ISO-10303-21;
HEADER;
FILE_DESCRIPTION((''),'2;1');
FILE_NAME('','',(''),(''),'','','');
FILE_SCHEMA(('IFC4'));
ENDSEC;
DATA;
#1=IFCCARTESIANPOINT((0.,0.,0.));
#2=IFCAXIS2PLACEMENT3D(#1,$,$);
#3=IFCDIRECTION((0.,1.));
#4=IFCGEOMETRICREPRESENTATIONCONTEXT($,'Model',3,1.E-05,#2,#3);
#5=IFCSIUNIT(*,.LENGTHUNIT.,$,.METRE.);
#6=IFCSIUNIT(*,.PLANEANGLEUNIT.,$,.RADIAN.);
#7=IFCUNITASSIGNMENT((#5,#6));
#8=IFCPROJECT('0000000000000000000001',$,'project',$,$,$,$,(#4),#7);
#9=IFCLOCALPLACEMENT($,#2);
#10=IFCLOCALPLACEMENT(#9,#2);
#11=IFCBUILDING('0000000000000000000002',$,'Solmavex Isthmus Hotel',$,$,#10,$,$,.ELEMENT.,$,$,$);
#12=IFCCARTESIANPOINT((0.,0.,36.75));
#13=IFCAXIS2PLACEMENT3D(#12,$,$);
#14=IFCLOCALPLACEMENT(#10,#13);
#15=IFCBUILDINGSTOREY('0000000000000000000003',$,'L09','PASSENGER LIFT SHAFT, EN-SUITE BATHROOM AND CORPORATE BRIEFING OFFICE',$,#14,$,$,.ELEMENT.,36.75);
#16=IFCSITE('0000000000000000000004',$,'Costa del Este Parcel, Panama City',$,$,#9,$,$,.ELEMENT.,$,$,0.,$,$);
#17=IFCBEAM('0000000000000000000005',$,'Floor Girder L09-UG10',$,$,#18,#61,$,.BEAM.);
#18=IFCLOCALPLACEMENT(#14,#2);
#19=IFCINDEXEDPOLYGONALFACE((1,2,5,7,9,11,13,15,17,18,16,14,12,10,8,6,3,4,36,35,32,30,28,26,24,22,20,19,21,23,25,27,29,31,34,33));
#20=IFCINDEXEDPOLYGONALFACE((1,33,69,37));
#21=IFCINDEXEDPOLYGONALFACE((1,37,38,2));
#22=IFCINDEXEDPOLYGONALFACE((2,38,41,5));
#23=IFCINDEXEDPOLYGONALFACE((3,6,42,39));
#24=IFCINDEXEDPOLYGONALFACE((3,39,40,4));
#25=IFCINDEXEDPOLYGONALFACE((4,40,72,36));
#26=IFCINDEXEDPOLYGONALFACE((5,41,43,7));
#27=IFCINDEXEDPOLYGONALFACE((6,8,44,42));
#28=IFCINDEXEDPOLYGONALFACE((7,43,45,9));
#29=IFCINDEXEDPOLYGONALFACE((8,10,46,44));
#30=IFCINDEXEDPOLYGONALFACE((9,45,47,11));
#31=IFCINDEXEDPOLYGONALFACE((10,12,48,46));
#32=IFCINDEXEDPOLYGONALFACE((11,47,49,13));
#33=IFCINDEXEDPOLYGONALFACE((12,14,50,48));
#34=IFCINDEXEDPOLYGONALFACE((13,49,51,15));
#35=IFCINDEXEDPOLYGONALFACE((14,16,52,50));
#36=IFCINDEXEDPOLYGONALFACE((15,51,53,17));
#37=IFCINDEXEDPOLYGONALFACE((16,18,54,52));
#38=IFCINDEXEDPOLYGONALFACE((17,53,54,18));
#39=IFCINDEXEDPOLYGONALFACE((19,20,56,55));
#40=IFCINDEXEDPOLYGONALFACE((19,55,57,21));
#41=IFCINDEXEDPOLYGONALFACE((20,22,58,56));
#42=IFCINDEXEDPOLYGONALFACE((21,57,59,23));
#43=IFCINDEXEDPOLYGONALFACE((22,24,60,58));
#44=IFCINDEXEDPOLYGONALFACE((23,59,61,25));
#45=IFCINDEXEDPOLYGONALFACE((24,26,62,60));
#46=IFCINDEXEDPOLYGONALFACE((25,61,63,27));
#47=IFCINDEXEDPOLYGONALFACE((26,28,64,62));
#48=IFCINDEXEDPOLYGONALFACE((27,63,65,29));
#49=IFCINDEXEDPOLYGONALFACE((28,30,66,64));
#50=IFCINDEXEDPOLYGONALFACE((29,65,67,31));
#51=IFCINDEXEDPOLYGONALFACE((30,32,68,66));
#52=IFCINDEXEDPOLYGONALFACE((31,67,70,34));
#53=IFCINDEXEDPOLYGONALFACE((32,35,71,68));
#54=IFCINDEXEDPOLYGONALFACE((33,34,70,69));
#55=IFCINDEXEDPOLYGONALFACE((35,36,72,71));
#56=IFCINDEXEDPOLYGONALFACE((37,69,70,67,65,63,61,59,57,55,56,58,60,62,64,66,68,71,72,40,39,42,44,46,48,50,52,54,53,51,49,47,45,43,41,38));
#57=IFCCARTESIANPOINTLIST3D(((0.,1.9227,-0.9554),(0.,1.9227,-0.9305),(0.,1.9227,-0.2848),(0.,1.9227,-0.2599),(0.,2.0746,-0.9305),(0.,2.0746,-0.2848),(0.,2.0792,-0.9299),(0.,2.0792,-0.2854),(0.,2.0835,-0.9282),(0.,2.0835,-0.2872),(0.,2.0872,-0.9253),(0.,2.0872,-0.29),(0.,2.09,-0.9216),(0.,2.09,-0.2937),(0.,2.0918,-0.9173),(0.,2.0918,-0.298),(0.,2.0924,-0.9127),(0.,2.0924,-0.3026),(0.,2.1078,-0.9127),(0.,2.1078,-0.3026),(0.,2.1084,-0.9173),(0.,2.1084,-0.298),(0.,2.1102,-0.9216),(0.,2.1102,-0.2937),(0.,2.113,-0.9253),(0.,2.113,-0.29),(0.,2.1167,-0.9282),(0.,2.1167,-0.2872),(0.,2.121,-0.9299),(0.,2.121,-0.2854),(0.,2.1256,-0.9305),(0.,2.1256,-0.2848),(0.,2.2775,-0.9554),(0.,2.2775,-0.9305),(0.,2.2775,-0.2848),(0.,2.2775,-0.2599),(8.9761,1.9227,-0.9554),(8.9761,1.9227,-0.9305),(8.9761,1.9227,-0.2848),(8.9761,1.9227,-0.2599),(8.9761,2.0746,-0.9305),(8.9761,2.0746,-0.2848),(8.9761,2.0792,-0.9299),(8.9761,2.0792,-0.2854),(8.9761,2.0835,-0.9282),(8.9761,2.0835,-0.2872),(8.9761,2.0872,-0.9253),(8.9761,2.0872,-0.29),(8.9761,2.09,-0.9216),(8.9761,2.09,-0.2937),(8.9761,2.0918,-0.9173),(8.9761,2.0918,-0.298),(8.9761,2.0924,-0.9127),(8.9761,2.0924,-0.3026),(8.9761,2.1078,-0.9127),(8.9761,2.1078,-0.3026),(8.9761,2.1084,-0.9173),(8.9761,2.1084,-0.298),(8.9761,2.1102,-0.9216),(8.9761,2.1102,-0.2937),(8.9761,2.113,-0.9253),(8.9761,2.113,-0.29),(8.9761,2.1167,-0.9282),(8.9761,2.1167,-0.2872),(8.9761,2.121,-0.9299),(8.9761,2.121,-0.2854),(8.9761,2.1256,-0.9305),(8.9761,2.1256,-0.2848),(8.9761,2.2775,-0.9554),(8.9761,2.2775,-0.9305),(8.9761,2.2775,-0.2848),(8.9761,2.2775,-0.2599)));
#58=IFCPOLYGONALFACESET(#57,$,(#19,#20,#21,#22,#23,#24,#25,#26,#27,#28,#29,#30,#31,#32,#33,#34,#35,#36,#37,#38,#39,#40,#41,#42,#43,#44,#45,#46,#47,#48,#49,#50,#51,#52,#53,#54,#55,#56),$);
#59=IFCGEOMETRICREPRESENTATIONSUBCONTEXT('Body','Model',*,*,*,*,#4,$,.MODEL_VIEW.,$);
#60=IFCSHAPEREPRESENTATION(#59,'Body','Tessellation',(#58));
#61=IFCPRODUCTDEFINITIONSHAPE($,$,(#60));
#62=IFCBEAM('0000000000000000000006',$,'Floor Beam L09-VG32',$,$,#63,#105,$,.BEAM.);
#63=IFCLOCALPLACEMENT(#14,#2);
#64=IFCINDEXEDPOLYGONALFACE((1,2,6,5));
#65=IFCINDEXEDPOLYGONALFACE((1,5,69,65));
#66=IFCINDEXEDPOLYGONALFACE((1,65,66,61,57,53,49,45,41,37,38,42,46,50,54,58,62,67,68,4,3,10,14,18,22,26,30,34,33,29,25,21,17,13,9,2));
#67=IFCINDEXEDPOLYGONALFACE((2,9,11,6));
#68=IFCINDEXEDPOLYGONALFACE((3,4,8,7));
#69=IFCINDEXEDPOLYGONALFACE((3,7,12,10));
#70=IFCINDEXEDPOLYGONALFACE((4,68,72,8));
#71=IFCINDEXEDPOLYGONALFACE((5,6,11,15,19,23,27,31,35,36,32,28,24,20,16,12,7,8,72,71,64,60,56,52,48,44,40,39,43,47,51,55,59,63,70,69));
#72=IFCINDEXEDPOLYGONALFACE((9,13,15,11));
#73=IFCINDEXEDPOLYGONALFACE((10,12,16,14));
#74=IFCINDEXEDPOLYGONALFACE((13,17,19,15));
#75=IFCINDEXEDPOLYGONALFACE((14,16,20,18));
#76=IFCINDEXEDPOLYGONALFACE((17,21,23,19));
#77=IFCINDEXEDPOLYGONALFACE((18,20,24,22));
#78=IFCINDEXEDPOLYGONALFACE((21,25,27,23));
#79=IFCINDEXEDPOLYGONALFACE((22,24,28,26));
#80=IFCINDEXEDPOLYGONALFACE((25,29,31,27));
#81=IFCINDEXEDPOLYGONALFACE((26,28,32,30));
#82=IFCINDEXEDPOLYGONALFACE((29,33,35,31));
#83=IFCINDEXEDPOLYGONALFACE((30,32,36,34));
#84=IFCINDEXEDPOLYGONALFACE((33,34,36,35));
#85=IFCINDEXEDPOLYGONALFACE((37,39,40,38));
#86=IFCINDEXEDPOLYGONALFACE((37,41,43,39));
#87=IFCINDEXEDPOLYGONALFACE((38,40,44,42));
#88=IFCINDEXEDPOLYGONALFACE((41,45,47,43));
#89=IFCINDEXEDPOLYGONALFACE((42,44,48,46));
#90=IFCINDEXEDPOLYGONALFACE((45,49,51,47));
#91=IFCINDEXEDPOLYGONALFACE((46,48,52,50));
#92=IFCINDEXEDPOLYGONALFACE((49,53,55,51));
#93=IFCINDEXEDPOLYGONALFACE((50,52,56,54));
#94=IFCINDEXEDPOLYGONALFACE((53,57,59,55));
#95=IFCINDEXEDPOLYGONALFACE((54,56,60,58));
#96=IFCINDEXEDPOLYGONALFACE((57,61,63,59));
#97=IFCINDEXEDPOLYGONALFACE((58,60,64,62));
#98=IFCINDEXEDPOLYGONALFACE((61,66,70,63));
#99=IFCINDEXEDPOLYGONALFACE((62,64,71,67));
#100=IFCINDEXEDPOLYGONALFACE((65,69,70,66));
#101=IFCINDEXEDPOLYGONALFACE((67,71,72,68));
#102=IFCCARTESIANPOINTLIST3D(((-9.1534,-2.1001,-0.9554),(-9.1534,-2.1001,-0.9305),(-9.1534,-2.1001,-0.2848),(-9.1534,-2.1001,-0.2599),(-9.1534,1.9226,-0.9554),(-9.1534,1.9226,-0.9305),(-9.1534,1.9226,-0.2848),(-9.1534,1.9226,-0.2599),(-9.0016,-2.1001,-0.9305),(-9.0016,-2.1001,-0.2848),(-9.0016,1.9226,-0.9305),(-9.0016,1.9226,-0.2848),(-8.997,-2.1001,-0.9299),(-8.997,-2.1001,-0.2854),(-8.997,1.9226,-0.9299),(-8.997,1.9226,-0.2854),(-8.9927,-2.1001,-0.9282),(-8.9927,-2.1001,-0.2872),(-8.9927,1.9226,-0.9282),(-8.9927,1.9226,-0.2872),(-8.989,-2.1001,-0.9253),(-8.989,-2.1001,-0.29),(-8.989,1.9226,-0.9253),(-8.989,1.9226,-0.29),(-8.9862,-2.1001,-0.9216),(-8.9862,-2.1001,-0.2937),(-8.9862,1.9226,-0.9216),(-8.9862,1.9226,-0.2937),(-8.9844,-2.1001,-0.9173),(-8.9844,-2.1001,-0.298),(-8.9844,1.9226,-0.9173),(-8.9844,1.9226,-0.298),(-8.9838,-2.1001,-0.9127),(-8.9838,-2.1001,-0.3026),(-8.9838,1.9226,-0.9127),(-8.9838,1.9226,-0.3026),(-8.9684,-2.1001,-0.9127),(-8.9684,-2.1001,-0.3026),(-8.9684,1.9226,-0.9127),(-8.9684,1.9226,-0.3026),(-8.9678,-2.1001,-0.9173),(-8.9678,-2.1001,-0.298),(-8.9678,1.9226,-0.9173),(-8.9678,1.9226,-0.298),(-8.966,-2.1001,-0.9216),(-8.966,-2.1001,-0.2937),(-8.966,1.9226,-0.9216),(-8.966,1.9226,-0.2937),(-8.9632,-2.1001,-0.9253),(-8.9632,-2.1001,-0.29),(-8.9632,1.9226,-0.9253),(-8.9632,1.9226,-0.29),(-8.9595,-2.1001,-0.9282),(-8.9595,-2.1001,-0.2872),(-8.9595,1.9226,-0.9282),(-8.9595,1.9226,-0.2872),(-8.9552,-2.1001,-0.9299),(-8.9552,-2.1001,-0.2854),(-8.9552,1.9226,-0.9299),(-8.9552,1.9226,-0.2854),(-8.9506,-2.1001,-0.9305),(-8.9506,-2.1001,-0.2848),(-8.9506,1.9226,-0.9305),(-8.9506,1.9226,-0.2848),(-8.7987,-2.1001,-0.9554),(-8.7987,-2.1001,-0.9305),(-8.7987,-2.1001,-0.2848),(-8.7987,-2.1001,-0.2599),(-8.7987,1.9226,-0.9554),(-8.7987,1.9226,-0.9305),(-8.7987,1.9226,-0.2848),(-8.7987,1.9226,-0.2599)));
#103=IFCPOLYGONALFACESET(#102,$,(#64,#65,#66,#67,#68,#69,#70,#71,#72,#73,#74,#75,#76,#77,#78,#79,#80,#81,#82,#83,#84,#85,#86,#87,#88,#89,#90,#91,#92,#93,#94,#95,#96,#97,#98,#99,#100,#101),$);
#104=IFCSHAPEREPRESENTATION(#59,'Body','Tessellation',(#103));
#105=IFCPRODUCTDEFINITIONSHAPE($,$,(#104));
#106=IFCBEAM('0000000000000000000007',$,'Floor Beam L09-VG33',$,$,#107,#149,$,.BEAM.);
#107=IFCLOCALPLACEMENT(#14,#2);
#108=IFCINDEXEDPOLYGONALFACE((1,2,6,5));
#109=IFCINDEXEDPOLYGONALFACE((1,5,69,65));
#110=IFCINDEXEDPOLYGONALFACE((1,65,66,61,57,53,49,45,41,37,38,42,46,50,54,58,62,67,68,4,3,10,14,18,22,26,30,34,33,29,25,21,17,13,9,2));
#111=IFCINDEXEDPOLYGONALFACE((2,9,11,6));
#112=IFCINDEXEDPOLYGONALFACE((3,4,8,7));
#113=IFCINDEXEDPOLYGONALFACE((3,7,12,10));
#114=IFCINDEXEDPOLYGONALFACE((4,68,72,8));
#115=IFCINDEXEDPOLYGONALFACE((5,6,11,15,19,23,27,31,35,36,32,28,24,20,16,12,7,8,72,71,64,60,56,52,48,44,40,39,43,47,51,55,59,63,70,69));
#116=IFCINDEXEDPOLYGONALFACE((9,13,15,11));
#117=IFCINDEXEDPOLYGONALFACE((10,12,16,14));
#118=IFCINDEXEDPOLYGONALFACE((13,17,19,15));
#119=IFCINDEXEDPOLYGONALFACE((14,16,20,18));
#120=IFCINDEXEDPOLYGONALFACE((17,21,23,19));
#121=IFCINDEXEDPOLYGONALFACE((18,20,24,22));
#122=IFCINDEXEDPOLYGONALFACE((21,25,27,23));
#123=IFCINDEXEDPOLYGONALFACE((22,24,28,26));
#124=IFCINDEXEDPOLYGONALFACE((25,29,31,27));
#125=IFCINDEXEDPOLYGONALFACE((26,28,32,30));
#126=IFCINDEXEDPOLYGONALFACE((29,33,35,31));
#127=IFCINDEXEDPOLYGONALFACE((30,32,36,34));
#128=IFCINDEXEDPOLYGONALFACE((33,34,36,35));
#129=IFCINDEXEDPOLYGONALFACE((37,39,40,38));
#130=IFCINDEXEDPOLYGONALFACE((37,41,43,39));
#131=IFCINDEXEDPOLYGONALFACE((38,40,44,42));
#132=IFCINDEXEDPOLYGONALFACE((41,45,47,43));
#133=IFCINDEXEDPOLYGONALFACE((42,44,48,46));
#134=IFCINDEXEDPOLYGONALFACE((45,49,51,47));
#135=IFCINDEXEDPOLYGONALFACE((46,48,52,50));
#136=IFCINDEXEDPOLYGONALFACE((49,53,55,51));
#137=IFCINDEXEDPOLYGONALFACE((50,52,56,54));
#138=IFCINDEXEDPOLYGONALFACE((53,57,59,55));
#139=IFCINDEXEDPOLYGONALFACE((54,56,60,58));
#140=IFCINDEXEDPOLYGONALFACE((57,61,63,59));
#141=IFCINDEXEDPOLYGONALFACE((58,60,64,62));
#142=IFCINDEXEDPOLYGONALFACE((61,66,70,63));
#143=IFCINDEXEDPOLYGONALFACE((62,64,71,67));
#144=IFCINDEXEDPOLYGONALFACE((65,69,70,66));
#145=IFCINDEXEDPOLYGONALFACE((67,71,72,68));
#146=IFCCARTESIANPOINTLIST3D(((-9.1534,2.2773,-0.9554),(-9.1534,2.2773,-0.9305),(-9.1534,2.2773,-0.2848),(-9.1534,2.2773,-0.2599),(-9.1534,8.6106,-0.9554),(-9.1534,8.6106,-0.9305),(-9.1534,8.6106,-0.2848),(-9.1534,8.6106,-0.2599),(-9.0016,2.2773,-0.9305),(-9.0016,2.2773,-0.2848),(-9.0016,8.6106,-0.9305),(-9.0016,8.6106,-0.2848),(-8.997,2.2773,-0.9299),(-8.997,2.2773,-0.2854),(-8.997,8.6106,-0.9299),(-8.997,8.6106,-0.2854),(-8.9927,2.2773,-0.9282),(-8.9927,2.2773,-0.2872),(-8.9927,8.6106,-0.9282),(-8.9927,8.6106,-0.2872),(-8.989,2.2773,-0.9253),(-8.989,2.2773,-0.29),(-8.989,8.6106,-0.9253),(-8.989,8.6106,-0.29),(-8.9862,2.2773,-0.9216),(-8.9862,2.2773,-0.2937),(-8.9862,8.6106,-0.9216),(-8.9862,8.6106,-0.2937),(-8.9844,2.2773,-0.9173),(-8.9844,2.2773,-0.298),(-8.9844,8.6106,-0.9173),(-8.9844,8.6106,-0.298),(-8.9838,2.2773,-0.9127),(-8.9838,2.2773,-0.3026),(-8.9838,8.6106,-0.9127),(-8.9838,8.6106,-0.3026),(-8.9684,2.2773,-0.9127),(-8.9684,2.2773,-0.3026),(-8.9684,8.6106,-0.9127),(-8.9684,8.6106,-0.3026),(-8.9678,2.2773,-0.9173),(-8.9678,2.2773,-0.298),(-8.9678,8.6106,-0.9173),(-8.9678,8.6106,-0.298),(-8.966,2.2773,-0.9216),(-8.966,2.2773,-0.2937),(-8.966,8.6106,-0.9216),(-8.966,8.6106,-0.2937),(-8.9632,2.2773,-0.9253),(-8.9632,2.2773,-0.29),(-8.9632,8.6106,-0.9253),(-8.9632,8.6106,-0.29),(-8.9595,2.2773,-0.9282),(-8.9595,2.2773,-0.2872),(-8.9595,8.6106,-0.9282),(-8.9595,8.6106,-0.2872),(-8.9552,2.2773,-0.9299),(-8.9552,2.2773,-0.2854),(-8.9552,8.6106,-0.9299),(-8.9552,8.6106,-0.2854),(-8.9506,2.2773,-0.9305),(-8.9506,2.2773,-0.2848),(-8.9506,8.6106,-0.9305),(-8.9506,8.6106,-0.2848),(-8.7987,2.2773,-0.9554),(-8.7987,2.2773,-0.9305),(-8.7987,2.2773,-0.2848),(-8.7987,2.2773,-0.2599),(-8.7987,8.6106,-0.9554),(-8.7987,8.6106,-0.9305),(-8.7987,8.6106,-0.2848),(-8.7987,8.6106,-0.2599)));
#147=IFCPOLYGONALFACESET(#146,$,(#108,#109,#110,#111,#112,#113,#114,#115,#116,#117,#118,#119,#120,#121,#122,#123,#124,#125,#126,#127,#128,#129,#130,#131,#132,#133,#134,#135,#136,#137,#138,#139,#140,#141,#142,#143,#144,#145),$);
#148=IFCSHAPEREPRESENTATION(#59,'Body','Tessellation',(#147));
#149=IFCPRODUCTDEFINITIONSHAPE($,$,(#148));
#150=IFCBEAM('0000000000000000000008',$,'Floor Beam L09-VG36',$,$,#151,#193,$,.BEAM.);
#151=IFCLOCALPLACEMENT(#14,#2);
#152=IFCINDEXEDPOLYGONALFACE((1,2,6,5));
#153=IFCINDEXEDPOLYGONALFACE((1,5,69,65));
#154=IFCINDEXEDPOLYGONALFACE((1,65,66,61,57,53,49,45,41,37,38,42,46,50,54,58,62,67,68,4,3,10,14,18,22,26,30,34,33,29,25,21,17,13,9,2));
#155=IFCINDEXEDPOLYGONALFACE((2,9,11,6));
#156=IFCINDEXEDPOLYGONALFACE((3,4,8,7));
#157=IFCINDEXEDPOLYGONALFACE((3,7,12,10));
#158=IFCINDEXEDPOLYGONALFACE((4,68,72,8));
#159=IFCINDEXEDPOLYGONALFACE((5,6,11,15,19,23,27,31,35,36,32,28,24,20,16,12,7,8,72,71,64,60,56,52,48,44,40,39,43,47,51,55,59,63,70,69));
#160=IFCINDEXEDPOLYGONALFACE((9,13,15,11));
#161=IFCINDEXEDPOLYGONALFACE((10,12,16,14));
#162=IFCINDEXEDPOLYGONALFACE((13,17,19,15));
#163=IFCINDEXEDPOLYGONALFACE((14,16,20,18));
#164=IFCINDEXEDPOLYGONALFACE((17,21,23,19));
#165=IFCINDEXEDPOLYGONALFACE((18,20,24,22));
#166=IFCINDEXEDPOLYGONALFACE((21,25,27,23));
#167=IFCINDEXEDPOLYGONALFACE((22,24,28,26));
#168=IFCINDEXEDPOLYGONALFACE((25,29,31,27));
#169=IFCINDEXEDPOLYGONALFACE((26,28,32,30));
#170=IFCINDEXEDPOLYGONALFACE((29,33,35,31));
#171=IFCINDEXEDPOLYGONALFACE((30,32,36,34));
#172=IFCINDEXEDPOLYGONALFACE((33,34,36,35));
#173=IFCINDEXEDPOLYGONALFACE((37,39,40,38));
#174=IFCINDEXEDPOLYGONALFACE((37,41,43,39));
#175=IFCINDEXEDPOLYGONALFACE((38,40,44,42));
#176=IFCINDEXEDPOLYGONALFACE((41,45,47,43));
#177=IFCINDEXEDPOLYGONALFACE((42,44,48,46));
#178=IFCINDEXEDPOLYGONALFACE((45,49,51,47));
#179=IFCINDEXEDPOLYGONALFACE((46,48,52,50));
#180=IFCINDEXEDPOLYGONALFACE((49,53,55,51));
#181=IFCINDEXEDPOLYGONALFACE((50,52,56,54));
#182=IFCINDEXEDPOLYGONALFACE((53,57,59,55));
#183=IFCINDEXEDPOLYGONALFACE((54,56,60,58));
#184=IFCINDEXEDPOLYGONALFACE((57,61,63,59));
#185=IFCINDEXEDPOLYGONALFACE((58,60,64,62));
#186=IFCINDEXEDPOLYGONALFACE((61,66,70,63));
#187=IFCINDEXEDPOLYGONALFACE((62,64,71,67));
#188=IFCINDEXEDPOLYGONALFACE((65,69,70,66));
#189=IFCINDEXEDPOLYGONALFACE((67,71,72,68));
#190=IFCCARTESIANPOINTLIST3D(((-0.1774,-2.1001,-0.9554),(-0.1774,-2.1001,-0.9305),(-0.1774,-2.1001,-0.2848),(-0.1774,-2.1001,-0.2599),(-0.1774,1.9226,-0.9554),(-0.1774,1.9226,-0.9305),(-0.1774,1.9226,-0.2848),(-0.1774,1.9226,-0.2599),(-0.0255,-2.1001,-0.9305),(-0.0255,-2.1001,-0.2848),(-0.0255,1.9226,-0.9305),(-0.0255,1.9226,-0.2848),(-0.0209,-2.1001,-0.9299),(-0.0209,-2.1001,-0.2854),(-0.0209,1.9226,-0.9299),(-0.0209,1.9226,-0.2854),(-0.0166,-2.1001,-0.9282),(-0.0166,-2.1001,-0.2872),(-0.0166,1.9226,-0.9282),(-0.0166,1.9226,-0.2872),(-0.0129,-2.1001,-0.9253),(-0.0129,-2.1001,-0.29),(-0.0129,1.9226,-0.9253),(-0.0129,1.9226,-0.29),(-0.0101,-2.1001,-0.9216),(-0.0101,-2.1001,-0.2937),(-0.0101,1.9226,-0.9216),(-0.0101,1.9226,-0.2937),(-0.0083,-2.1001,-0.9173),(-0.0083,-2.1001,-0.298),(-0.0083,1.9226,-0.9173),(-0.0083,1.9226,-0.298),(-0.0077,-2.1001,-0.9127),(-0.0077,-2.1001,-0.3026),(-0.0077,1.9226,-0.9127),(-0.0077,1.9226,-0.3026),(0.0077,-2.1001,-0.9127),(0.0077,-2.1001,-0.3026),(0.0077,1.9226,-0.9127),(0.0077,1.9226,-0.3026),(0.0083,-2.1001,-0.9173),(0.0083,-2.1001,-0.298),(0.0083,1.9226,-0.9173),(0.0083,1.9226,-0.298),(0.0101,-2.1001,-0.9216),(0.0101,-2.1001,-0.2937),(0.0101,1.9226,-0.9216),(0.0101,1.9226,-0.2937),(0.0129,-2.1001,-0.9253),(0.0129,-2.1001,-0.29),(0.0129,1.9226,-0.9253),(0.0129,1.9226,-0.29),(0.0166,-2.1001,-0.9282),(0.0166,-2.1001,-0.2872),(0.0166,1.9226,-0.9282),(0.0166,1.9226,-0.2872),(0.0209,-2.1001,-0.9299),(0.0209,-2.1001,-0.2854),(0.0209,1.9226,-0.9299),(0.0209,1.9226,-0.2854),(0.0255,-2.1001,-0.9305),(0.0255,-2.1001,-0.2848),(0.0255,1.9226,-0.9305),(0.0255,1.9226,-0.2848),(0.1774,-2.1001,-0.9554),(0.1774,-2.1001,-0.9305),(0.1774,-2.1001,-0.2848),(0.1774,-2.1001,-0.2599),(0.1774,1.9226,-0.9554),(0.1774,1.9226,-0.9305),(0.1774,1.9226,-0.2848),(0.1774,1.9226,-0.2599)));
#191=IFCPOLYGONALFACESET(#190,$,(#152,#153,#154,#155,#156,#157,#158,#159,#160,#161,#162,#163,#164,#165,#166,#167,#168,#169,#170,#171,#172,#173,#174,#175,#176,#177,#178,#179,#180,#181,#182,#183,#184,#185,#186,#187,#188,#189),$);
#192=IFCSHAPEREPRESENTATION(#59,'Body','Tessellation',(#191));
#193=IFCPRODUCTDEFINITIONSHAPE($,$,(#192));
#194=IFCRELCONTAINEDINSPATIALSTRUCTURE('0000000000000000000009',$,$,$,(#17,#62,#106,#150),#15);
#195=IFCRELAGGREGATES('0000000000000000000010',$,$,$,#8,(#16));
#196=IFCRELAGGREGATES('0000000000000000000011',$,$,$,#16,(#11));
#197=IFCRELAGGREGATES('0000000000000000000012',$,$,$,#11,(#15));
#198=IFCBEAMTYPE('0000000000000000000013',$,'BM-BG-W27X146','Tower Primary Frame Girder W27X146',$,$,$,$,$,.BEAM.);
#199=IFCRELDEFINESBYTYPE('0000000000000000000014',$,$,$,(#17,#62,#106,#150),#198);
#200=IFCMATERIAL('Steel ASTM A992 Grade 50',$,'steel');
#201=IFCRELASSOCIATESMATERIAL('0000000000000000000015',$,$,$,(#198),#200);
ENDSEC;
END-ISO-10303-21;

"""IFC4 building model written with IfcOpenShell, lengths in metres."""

from ifc_helpers import new_model, si_unit, direction, frame, origin, origin_2d, place, context, subcontext, project, spatial, i_section, extrude, material, material_profile, profile_set, type_object, element, save


model = new_model("IFC4")

# Units and contexts
model_context = context("Model", 3, precision=1e-05, world=origin(), true_north=direction((0.0, 1.0)))
body_context = subcontext(model_context, "Body", "Model", "MODEL_VIEW")
ifc_project = project(units=[si_unit("LENGTHUNIT", "METRE"), si_unit("PLANEANGLEUNIT", "RADIAN")], contexts=[model_context])

# Site, building, storey
site_placement = place(None, origin())
site = spatial("IfcSite", under=ifc_project, at=site_placement, Name="Costa del Este Parcel, Panama City", CompositionType="ELEMENT", RefElevation=0.0)
building_placement = place(site_placement, origin())
building = spatial("IfcBuilding", under=site, at=building_placement, Name="Solmavex Isthmus Hotel", CompositionType="ELEMENT")
storey_placement = place(building_placement, frame((0.0, 0.0, 36.75)))
storey = spatial("IfcBuildingStorey", under=building, at=storey_placement, Name="L09", Description="PASSENGER LIFT SHAFT, EN-SUITE BATHROOM AND CORPORATE BRIEFING OFFICE", CompositionType="ELEMENT", Elevation=36.75)

# Beams
ifc_material_1 = material(Name="Steel ASTM A992 Grade 50", Category="steel")
ifc_material_profile_1 = material_profile(ifc_material_1, i_section(OverallWidth=0.3547, OverallDepth=0.6956, WebThickness=0.0154, FlangeThickness=0.0249, FilletRadius=0.0178, at=origin_2d()), Name="W27X146")
ifc_profile_set_1 = profile_set([ifc_material_profile_1], Name="Steel ASTM A992 Grade 50")
beam_type_1 = type_object("IfcBeamType", Name="BM-BG-W27X146", Description="Tower Primary Frame Girder W27X146", PredefinedType="BEAM", material=ifc_profile_set_1)
for number, where, z_axis, x_axis, name in (
    (1, (0.0, 2.1001, -0.6077), (1.0, 0.0, 0.0), (0.0, 1.0, 0.0), "Floor Girder L09-UG10"),
):
    element("IfcBeam", number, at=place(storey_placement, frame(where, z_axis=z_axis, x_axis=x_axis)), inside=storey, type_object=beam_type_1, Name=name, PredefinedType="BEAM", context=body_context, shape_type="SweptSolid", body=[
        extrude(i_section(OverallWidth=0.3547, OverallDepth=0.6956, WebThickness=0.0154, FlangeThickness=0.0249, FilletRadius=0.0178, at=origin_2d()), origin(), (0.0, 0.0, 1.0), 8.9761),
    ])
beam_1_placement = place(storey_placement, frame((-8.9761, -2.1001, -0.6077), z_axis=(0.0, 1.0, 0.0), x_axis=(-1.0, 0.0, 0.0)))
element("IfcBeam", 2, at=beam_1_placement, inside=storey, type_object=beam_type_1, Name="Floor Beam L09-VG32", PredefinedType="BEAM", context=body_context, shape_type="SweptSolid", body=[
    extrude(i_section(OverallWidth=0.3547, OverallDepth=0.6956, WebThickness=0.0154, FlangeThickness=0.0249, FilletRadius=0.0178, at=origin_2d()), origin(), (0.0, 0.0, 1.0), 4.0227),
])
beam_2_placement = place(storey_placement, frame((-8.9761, 2.2773, -0.6077), z_axis=(0.0, 1.0, 0.0), x_axis=(-1.0, 0.0, 0.0)))
element("IfcBeam", 3, at=beam_2_placement, inside=storey, type_object=beam_type_1, Name="Floor Beam L09-VG33", PredefinedType="BEAM", context=body_context, shape_type="SweptSolid", body=[
    extrude(i_section(OverallWidth=0.3547, OverallDepth=0.6956, WebThickness=0.0154, FlangeThickness=0.0249, FilletRadius=0.0178, at=origin_2d()), origin(), (0.0, 0.0, 1.0), 6.3333),
])
beam_3_placement = place(storey_placement, frame((0.0, -2.1001, -0.6077), z_axis=(0.0, 1.0, 0.0), x_axis=(-1.0, 0.0, 0.0)))
element("IfcBeam", 4, at=beam_3_placement, inside=storey, type_object=beam_type_1, Name="Floor Beam L09-VG36", PredefinedType="BEAM", context=body_context, shape_type="SweptSolid", body=[
    extrude(i_section(OverallWidth=0.3547, OverallDepth=0.6956, WebThickness=0.0154, FlangeThickness=0.0249, FilletRadius=0.0178, at=origin_2d()), origin(), (0.0, 0.0, 1.0), 4.0227),
])

save(model, "model.ifc")
